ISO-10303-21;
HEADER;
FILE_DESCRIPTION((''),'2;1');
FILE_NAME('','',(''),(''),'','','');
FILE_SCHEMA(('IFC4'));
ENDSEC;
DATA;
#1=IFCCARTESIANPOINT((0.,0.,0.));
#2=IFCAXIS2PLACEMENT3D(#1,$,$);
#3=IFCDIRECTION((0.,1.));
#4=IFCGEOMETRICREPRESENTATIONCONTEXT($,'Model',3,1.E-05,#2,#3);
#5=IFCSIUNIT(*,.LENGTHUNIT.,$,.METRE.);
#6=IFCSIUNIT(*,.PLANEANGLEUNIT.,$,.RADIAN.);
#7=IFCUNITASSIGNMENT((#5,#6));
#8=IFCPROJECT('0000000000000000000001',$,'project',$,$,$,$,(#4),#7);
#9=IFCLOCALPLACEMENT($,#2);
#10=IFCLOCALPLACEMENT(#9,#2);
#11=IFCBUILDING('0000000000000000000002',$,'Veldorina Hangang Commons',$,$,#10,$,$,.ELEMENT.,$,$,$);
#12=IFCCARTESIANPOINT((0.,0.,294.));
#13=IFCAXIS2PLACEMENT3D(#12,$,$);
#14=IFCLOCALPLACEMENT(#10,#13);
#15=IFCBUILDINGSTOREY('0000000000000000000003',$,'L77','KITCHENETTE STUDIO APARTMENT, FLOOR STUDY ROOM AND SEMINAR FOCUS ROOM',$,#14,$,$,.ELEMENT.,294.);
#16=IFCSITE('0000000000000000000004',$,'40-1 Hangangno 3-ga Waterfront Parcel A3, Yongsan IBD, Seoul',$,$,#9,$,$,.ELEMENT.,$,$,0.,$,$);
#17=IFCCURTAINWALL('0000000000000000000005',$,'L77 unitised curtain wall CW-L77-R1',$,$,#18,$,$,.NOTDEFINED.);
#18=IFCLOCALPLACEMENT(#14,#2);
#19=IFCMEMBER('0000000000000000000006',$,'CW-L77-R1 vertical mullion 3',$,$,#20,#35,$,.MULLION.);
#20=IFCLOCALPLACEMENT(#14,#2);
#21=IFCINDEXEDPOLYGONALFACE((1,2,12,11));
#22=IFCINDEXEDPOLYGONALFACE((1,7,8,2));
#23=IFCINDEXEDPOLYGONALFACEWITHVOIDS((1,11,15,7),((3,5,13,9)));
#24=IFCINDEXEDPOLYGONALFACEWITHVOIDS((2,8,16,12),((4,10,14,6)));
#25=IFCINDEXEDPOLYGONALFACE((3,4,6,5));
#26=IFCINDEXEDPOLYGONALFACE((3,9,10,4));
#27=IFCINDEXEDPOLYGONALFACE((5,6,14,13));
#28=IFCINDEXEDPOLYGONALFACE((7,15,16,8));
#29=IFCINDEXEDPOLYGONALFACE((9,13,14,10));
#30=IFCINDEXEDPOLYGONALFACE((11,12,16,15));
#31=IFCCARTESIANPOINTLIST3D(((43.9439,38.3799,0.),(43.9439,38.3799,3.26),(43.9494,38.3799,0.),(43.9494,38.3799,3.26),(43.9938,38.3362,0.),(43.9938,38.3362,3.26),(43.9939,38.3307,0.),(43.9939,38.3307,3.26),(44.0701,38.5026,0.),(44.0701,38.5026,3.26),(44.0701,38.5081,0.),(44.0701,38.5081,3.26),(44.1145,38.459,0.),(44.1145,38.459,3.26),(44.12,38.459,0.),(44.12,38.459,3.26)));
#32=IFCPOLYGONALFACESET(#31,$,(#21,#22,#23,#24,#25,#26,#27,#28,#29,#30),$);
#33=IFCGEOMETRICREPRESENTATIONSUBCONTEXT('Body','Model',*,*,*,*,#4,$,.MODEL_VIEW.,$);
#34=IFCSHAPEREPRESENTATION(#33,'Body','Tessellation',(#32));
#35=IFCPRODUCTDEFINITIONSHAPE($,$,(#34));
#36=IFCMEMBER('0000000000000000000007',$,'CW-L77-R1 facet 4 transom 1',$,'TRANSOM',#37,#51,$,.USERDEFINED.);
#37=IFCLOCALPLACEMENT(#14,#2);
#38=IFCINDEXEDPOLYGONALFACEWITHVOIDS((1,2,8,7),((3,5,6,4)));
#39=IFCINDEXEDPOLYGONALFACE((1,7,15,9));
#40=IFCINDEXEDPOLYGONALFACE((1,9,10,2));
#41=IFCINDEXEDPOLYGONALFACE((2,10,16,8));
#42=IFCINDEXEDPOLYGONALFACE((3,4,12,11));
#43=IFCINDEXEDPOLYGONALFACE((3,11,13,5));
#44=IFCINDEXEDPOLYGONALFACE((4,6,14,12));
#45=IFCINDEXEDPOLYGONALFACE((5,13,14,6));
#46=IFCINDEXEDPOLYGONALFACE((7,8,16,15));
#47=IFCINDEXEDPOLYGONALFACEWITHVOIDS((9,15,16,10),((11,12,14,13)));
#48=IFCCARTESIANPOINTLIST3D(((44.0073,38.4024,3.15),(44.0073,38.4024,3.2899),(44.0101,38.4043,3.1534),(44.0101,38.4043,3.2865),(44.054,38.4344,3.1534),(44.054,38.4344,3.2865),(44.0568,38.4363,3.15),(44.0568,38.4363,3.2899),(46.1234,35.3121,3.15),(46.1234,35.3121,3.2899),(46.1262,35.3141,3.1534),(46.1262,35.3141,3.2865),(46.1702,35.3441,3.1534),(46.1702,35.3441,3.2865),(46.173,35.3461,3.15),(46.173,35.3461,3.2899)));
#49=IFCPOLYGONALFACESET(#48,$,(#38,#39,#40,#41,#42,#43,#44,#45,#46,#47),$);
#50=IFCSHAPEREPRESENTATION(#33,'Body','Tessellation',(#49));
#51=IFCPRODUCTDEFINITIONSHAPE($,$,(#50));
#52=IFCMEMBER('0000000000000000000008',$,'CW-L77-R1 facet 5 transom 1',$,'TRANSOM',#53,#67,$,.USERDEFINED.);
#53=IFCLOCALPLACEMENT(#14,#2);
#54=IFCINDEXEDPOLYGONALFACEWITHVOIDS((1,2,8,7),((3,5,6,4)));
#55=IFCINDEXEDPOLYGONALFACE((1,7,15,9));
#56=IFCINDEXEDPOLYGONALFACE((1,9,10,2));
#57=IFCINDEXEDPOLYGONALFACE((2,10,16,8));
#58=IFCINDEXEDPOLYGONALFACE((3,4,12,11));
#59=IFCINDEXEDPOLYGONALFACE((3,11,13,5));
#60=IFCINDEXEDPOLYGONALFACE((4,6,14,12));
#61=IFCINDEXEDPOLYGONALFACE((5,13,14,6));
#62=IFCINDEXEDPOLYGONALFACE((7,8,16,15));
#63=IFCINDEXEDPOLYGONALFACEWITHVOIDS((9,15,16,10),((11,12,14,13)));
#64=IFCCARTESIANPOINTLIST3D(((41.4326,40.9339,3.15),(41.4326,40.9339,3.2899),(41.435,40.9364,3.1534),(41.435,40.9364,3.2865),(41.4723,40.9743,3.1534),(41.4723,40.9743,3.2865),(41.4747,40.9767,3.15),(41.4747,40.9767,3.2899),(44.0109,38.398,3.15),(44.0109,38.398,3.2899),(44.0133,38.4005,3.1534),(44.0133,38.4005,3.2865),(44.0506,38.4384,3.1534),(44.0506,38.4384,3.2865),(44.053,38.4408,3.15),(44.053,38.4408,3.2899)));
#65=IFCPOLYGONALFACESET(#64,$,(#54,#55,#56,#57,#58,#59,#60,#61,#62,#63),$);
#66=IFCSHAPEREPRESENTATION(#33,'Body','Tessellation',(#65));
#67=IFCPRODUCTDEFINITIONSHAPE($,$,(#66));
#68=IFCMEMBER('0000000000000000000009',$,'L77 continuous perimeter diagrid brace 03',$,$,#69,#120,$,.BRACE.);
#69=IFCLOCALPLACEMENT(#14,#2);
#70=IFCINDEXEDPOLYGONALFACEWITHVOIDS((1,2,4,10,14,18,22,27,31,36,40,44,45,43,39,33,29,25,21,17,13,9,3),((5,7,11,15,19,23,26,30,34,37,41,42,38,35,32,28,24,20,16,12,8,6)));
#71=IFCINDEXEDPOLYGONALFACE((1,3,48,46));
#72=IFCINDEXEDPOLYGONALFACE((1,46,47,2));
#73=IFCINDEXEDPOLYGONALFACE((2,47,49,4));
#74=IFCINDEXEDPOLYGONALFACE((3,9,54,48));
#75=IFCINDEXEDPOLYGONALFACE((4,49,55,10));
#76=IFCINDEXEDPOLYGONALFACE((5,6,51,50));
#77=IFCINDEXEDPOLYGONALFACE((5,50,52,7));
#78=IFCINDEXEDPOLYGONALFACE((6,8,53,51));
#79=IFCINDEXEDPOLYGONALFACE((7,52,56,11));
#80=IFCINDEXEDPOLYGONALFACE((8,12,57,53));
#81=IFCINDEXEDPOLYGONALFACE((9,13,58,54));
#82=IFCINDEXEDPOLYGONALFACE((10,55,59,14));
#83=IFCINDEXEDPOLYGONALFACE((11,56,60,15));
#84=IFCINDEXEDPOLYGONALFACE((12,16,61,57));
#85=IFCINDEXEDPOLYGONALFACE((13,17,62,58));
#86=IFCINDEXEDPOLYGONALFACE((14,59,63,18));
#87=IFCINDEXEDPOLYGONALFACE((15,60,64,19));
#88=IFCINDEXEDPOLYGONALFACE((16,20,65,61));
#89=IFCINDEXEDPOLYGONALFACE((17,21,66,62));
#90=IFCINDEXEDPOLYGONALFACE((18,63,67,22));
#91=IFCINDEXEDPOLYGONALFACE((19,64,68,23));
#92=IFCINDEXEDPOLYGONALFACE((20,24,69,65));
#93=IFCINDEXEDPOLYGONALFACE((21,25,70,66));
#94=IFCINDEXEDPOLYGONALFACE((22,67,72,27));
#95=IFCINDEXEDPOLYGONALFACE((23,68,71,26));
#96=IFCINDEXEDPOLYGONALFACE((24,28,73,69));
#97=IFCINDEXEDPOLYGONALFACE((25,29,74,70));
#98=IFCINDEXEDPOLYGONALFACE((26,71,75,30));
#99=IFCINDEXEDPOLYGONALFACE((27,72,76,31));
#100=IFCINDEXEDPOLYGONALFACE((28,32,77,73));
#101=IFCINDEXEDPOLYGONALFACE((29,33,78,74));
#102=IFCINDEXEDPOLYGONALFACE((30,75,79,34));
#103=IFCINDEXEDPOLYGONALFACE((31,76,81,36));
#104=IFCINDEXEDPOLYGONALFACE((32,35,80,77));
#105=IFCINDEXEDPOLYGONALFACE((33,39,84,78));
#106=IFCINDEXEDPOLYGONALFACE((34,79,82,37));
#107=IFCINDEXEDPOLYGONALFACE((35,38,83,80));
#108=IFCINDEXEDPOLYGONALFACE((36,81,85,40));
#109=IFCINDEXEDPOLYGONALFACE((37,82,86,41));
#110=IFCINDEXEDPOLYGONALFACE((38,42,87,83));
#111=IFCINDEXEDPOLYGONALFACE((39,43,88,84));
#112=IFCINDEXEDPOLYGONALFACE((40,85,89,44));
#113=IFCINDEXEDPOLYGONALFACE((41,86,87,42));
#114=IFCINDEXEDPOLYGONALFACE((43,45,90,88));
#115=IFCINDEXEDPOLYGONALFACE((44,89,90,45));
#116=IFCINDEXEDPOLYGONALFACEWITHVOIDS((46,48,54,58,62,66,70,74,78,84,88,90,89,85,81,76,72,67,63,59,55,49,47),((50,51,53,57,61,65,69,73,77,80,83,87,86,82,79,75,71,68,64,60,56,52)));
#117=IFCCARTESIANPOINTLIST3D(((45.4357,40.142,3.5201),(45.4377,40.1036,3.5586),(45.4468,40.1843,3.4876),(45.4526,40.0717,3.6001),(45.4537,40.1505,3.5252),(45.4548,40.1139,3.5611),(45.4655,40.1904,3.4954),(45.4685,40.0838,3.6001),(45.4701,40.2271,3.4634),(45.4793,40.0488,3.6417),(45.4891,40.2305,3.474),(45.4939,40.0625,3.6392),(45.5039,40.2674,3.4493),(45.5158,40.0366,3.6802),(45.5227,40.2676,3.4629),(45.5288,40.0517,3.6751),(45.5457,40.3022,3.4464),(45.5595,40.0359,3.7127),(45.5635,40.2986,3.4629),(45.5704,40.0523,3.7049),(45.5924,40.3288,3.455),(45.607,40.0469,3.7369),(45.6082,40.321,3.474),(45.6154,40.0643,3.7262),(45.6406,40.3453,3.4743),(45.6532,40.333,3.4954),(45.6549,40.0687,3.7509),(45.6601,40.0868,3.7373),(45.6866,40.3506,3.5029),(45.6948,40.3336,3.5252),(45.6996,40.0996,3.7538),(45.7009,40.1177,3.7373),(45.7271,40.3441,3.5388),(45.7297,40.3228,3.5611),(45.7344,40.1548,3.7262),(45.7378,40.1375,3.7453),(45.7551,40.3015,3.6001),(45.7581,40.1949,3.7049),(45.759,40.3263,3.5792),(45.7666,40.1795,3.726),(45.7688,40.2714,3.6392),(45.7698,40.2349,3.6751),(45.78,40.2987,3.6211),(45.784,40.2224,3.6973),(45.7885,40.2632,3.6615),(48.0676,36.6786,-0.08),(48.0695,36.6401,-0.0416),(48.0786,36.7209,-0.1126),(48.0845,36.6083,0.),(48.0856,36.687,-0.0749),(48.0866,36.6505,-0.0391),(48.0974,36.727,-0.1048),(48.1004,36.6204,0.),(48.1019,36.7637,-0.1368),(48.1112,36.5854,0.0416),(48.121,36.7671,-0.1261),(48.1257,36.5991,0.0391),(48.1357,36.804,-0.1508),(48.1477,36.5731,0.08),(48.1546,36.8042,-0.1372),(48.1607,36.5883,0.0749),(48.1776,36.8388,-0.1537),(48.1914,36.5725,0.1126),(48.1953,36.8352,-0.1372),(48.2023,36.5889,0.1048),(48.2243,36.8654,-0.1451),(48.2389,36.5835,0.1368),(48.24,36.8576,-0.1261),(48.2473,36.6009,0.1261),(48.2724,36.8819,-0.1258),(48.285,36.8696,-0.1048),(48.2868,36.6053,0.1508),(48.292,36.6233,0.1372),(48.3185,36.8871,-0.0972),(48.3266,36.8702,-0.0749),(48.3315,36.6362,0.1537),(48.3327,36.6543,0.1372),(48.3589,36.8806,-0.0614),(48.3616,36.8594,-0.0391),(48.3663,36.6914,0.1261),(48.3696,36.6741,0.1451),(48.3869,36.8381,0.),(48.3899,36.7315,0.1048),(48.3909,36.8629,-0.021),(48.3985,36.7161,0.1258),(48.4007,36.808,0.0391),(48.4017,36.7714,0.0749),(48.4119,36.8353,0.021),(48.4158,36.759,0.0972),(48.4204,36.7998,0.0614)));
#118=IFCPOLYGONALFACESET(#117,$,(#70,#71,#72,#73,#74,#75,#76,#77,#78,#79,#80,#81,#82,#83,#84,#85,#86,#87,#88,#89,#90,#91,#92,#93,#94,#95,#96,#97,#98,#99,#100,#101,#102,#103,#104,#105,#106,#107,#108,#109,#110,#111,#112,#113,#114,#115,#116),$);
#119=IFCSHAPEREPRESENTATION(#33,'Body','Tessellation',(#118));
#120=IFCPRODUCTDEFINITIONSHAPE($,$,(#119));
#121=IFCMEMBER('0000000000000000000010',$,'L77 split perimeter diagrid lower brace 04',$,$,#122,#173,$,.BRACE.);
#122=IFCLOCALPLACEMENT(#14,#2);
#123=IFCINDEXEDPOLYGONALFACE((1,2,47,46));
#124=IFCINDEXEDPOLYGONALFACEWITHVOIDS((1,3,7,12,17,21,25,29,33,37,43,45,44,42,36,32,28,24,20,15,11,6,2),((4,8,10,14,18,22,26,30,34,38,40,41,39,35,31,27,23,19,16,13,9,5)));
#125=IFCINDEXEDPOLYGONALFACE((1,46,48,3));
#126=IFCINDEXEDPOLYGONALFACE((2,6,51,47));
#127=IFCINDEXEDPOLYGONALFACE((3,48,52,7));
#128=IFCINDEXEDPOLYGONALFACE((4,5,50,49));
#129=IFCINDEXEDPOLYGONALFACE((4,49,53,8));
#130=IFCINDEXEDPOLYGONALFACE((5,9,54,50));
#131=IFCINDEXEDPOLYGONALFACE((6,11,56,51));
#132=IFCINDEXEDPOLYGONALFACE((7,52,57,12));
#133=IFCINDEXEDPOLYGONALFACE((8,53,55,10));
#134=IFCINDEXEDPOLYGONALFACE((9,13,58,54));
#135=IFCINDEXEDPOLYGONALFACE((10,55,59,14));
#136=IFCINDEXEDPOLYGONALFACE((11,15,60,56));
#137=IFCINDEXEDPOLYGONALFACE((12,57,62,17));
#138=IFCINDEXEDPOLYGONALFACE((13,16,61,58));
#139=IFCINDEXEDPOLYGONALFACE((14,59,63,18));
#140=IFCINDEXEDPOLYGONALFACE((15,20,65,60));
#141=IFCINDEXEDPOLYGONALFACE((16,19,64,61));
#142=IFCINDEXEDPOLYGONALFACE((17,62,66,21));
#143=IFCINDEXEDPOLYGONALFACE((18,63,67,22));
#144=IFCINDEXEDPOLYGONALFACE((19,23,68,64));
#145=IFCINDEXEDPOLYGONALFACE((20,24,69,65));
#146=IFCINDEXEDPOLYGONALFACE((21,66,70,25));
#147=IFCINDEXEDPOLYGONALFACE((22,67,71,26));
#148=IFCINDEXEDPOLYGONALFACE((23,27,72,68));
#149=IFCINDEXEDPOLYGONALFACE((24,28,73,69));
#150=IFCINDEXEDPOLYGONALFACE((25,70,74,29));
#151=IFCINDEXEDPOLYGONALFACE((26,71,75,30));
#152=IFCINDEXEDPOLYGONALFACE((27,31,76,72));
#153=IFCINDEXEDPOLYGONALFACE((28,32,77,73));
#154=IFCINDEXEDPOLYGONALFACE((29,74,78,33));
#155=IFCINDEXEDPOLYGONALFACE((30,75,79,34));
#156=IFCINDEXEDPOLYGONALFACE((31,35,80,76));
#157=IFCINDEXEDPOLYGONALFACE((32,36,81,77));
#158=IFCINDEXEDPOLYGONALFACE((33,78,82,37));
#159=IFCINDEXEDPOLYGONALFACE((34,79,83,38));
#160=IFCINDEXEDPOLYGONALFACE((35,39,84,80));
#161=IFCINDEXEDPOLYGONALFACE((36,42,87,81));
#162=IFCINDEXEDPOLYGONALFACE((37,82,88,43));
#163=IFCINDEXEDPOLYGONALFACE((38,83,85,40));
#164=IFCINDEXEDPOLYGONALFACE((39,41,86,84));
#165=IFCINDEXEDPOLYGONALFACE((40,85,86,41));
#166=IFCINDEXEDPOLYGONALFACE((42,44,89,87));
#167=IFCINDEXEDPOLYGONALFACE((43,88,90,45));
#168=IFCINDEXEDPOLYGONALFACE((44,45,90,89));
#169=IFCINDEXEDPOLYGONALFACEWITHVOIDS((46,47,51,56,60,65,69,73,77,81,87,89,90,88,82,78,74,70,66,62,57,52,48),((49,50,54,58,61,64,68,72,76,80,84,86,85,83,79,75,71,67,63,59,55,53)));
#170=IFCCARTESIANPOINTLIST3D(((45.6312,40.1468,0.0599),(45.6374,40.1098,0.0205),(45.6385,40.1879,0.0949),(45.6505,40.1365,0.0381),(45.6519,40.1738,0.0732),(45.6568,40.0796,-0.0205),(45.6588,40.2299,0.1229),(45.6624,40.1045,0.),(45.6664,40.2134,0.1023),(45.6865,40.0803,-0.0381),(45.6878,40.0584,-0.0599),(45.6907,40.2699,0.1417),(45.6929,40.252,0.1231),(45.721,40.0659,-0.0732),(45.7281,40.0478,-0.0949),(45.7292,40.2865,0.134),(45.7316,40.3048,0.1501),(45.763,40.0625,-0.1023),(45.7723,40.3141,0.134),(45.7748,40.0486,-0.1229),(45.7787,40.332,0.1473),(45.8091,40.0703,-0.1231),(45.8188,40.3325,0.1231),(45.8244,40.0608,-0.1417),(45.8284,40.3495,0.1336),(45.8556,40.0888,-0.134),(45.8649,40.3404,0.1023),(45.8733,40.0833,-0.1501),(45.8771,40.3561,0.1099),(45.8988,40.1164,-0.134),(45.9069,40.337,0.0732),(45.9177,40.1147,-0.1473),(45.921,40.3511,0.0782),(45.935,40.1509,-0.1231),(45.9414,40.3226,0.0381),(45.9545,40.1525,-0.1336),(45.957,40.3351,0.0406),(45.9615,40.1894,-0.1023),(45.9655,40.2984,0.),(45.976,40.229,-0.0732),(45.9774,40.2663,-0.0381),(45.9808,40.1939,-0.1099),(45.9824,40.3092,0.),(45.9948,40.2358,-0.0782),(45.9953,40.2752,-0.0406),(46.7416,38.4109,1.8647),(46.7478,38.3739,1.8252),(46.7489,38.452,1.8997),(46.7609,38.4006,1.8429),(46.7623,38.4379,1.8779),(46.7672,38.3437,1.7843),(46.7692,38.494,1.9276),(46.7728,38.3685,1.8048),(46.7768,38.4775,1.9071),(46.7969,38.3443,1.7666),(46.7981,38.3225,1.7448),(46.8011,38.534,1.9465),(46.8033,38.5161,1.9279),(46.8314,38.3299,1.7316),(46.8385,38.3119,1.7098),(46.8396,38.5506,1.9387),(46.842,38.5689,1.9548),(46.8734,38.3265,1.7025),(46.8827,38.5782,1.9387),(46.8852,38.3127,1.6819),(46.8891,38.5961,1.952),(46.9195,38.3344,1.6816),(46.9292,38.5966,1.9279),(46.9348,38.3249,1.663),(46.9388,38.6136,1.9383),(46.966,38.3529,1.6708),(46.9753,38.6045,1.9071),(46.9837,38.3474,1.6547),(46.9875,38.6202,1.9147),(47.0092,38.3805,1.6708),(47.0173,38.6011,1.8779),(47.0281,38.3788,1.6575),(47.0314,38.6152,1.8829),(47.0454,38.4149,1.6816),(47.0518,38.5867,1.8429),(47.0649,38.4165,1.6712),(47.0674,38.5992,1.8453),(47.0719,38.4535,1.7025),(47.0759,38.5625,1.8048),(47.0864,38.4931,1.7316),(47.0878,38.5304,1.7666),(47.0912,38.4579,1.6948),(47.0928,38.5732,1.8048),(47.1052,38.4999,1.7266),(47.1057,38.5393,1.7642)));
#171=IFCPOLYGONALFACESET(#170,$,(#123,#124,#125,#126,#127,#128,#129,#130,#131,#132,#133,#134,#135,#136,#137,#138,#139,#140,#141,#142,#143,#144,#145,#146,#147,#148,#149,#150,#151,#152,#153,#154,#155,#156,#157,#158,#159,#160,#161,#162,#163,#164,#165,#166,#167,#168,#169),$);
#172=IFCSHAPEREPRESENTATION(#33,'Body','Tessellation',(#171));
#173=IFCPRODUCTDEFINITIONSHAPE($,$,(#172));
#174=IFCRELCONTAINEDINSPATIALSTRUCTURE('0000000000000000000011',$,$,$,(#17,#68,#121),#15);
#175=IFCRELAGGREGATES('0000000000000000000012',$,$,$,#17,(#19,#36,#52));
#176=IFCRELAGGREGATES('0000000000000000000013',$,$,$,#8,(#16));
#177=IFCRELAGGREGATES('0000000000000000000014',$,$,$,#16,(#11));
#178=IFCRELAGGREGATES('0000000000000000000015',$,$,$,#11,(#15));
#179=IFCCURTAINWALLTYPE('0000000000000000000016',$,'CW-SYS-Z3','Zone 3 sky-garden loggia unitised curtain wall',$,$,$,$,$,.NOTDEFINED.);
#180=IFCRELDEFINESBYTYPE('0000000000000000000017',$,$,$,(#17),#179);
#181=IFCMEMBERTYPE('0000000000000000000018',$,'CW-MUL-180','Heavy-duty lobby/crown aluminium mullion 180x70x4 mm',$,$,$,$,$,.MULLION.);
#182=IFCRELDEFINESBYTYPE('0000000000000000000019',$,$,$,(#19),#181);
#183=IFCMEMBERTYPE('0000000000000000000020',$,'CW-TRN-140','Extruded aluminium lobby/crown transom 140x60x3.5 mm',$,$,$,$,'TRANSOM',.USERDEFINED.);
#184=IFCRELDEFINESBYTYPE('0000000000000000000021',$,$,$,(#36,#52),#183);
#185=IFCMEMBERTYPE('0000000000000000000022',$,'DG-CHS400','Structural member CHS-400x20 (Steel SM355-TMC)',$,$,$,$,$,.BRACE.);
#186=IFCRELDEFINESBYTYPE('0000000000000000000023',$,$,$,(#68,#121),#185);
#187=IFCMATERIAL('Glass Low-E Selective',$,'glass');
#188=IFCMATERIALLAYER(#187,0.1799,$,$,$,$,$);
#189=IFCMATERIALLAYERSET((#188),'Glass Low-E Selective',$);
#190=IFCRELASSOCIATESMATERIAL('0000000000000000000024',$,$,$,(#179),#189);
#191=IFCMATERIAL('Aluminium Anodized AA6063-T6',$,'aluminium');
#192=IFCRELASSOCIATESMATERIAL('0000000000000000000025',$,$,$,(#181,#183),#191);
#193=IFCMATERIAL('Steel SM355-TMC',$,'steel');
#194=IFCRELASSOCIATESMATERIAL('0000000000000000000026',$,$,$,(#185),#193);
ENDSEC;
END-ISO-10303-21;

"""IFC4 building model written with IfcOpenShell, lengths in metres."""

from ifc_helpers import new_model, si_unit, direction, frame, origin, origin_2d, place, context, subcontext, project, spatial, hollow_rectangle, hollow_circle, extrude, material, layer, layer_set, material_profile, profile_set, type_object, element, aggregate, save


model = new_model("IFC4")

# Units and contexts
model_context = context("Model", 3, precision=1e-05, world=origin(), true_north=direction((0.0, 1.0)))
body_context = subcontext(model_context, "Body", "Model", "MODEL_VIEW")
ifc_project = project(units=[si_unit("LENGTHUNIT", "METRE"), si_unit("PLANEANGLEUNIT", "RADIAN")], contexts=[model_context])

# Site, building, storey
site_placement = place(None, origin())
site = spatial("IfcSite", under=ifc_project, at=site_placement, Name="40-1 Hangangno 3-ga Waterfront Parcel A3, Yongsan IBD, Seoul", CompositionType="ELEMENT", RefElevation=0.0)
building_placement = place(site_placement, origin())
building = spatial("IfcBuilding", under=site, at=building_placement, Name="Veldorina Hangang Commons", CompositionType="ELEMENT")
storey_placement = place(building_placement, frame((0.0, 0.0, 294.0)))
storey = spatial("IfcBuildingStorey", under=building, at=storey_placement, Name="L77", Description="KITCHENETTE STUDIO APARTMENT, FLOOR STUDY ROOM AND SEMINAR FOCUS ROOM", CompositionType="ELEMENT", Elevation=294.0)

# Shared definitions
ifc_material_1 = material(Name="Steel SM355-TMC", Category="steel")

# Curtain wall, members
ifc_material_2 = material(Name="Glass Low-E Selective", Category="glass")
ifc_layer_1 = layer(ifc_material_2, 0.1799)
ifc_layer_set_1 = layer_set([ifc_layer_1], Name="Glass Low-E Selective")
curtain_wall_type = type_object("IfcCurtainWallType", Name="CW-SYS-Z3", Description="Zone 3 sky-garden loggia unitised curtain wall", PredefinedType="NOTDEFINED", material=ifc_layer_set_1)
curtain_wall_placement = place(storey_placement, origin())
curtain_wall = element("IfcCurtainWall", 1, at=curtain_wall_placement, inside=storey, type_object=curtain_wall_type, Name="L77 unitised curtain wall CW-L77-R1", PredefinedType="NOTDEFINED")
ifc_material_3 = material(Name="Aluminium Anodized AA6063-T6", Category="aluminium")
ifc_material_profile_1 = material_profile(ifc_material_3, hollow_rectangle(XDim=0.0701, YDim=0.1799, WallThickness=0.0039, at=origin_2d()), Name="ALU-RHS-180x70x4")
ifc_profile_set_1 = profile_set([ifc_material_profile_1], Name="Aluminium Anodized AA6063-T6")
member_type_1 = type_object("IfcMemberType", Name="CW-MUL-180", Description="Heavy-duty lobby/crown aluminium mullion 180x70x4 mm", PredefinedType="MULLION", material=ifc_profile_set_1)
member_1_placement = place(storey_placement, frame((44.032, 38.4194, 0.0), z_axis=(0.0, 0.0, 1.0), x_axis=(-0.712957, 0.701208, 0.0)))
member_1 = element("IfcMember", 2, at=member_1_placement, type_object=member_type_1, Name="CW-L77-R1 vertical mullion 3", PredefinedType="MULLION", context=body_context, shape_type="SweptSolid", body=[
    extrude(hollow_rectangle(XDim=0.0701, YDim=0.1799, WallThickness=0.0039, at=origin_2d()), origin(), (0.0, 0.0, 1.0), 3.26),
])
ifc_material_profile_2 = material_profile(ifc_material_3, hollow_rectangle(XDim=0.0601, YDim=0.1399, WallThickness=0.0034, at=origin_2d()), Name="ALU-RHS-140x60x3.5")
ifc_profile_set_2 = profile_set([ifc_material_profile_2], Name="Aluminium Anodized AA6063-T6")
member_type_2 = type_object("IfcMemberType", Name="CW-TRN-140", Description="Extruded aluminium lobby/crown transom 140x60x3.5 mm", ElementType="TRANSOM", PredefinedType="USERDEFINED", material=ifc_profile_set_2)
member_2_placement = place(storey_placement, frame((46.1482, 35.3291, 3.22), z_axis=(-0.565006, 0.825087, 0.0), x_axis=(-0.825087, -0.565006, 0.0)))
member_2 = element("IfcMember", 3, at=member_2_placement, type_object=member_type_2, Name="CW-L77-R1 facet 4 transom 1", ObjectType="TRANSOM", PredefinedType="USERDEFINED", context=body_context, shape_type="SweptSolid", body=[
    extrude(hollow_rectangle(XDim=0.0601, YDim=0.1399, WallThickness=0.0034, at=origin_2d()), origin(), (0.0, 0.0, 1.0), 3.7454),
])
member_3_placement = place(storey_placement, frame((44.032, 38.4194, 3.22), z_axis=(-0.712956, 0.701209, 0.0), x_axis=(-0.701209, -0.712956, 0.0)))
member_3 = element("IfcMember", 4, at=member_3_placement, type_object=member_type_2, Name="CW-L77-R1 facet 5 transom 1", ObjectType="TRANSOM", PredefinedType="USERDEFINED", context=body_context, shape_type="SweptSolid", body=[
    extrude(hollow_rectangle(XDim=0.0601, YDim=0.1399, WallThickness=0.0034, at=origin_2d()), origin(), (0.0, 0.0, 1.0), 3.6165),
])

# Members
ifc_material_profile_3 = material_profile(ifc_material_1, hollow_circle(Radius=0.2, WallThickness=0.02, at=origin_2d()), Name="CHS-400x20")
ifc_profile_set_3 = profile_set([ifc_material_profile_3], Name="Steel SM355-TMC")
member_type_3 = type_object("IfcMemberType", Name="DG-CHS400", Description="Structural member CHS-400x20 (Steel SM355-TMC)", PredefinedType="BRACE", material=ifc_profile_set_3)
member_4_placement = place(storey_placement, frame((48.2437, 36.7292, 0.0), z_axis=(-0.466106, 0.613374, 0.637587), x_axis=(-0.796199, -0.605035, 0.0)))
element("IfcMember", 5, at=member_4_placement, inside=storey, type_object=member_type_3, Name="L77 continuous perimeter diagrid brace 03", PredefinedType="BRACE", context=body_context, shape_type="SweptSolid", body=[
    extrude(hollow_circle(Radius=0.2, WallThickness=0.02, at=origin_2d()), origin(), (0.0, 0.0, 1.0), 5.6465),
])
member_5_placement = place(storey_placement, frame((45.814, 40.2014, 0.0), z_axis=(0.405364, -0.633716, 0.658851), x_axis=(0.8424, 0.538852, 0.0)))
element("IfcMember", 6, at=member_5_placement, inside=storey, type_object=member_type_3, Name="L77 split perimeter diagrid lower brace 04", PredefinedType="BRACE", context=body_context, shape_type="SweptSolid", body=[
    extrude(hollow_circle(Radius=0.2, WallThickness=0.02, at=origin_2d()), origin(), (0.0, 0.0, 1.0), 2.7393),
])

aggregate(curtain_wall, [member_1, member_2, member_3])

save(model, "model.ifc")
